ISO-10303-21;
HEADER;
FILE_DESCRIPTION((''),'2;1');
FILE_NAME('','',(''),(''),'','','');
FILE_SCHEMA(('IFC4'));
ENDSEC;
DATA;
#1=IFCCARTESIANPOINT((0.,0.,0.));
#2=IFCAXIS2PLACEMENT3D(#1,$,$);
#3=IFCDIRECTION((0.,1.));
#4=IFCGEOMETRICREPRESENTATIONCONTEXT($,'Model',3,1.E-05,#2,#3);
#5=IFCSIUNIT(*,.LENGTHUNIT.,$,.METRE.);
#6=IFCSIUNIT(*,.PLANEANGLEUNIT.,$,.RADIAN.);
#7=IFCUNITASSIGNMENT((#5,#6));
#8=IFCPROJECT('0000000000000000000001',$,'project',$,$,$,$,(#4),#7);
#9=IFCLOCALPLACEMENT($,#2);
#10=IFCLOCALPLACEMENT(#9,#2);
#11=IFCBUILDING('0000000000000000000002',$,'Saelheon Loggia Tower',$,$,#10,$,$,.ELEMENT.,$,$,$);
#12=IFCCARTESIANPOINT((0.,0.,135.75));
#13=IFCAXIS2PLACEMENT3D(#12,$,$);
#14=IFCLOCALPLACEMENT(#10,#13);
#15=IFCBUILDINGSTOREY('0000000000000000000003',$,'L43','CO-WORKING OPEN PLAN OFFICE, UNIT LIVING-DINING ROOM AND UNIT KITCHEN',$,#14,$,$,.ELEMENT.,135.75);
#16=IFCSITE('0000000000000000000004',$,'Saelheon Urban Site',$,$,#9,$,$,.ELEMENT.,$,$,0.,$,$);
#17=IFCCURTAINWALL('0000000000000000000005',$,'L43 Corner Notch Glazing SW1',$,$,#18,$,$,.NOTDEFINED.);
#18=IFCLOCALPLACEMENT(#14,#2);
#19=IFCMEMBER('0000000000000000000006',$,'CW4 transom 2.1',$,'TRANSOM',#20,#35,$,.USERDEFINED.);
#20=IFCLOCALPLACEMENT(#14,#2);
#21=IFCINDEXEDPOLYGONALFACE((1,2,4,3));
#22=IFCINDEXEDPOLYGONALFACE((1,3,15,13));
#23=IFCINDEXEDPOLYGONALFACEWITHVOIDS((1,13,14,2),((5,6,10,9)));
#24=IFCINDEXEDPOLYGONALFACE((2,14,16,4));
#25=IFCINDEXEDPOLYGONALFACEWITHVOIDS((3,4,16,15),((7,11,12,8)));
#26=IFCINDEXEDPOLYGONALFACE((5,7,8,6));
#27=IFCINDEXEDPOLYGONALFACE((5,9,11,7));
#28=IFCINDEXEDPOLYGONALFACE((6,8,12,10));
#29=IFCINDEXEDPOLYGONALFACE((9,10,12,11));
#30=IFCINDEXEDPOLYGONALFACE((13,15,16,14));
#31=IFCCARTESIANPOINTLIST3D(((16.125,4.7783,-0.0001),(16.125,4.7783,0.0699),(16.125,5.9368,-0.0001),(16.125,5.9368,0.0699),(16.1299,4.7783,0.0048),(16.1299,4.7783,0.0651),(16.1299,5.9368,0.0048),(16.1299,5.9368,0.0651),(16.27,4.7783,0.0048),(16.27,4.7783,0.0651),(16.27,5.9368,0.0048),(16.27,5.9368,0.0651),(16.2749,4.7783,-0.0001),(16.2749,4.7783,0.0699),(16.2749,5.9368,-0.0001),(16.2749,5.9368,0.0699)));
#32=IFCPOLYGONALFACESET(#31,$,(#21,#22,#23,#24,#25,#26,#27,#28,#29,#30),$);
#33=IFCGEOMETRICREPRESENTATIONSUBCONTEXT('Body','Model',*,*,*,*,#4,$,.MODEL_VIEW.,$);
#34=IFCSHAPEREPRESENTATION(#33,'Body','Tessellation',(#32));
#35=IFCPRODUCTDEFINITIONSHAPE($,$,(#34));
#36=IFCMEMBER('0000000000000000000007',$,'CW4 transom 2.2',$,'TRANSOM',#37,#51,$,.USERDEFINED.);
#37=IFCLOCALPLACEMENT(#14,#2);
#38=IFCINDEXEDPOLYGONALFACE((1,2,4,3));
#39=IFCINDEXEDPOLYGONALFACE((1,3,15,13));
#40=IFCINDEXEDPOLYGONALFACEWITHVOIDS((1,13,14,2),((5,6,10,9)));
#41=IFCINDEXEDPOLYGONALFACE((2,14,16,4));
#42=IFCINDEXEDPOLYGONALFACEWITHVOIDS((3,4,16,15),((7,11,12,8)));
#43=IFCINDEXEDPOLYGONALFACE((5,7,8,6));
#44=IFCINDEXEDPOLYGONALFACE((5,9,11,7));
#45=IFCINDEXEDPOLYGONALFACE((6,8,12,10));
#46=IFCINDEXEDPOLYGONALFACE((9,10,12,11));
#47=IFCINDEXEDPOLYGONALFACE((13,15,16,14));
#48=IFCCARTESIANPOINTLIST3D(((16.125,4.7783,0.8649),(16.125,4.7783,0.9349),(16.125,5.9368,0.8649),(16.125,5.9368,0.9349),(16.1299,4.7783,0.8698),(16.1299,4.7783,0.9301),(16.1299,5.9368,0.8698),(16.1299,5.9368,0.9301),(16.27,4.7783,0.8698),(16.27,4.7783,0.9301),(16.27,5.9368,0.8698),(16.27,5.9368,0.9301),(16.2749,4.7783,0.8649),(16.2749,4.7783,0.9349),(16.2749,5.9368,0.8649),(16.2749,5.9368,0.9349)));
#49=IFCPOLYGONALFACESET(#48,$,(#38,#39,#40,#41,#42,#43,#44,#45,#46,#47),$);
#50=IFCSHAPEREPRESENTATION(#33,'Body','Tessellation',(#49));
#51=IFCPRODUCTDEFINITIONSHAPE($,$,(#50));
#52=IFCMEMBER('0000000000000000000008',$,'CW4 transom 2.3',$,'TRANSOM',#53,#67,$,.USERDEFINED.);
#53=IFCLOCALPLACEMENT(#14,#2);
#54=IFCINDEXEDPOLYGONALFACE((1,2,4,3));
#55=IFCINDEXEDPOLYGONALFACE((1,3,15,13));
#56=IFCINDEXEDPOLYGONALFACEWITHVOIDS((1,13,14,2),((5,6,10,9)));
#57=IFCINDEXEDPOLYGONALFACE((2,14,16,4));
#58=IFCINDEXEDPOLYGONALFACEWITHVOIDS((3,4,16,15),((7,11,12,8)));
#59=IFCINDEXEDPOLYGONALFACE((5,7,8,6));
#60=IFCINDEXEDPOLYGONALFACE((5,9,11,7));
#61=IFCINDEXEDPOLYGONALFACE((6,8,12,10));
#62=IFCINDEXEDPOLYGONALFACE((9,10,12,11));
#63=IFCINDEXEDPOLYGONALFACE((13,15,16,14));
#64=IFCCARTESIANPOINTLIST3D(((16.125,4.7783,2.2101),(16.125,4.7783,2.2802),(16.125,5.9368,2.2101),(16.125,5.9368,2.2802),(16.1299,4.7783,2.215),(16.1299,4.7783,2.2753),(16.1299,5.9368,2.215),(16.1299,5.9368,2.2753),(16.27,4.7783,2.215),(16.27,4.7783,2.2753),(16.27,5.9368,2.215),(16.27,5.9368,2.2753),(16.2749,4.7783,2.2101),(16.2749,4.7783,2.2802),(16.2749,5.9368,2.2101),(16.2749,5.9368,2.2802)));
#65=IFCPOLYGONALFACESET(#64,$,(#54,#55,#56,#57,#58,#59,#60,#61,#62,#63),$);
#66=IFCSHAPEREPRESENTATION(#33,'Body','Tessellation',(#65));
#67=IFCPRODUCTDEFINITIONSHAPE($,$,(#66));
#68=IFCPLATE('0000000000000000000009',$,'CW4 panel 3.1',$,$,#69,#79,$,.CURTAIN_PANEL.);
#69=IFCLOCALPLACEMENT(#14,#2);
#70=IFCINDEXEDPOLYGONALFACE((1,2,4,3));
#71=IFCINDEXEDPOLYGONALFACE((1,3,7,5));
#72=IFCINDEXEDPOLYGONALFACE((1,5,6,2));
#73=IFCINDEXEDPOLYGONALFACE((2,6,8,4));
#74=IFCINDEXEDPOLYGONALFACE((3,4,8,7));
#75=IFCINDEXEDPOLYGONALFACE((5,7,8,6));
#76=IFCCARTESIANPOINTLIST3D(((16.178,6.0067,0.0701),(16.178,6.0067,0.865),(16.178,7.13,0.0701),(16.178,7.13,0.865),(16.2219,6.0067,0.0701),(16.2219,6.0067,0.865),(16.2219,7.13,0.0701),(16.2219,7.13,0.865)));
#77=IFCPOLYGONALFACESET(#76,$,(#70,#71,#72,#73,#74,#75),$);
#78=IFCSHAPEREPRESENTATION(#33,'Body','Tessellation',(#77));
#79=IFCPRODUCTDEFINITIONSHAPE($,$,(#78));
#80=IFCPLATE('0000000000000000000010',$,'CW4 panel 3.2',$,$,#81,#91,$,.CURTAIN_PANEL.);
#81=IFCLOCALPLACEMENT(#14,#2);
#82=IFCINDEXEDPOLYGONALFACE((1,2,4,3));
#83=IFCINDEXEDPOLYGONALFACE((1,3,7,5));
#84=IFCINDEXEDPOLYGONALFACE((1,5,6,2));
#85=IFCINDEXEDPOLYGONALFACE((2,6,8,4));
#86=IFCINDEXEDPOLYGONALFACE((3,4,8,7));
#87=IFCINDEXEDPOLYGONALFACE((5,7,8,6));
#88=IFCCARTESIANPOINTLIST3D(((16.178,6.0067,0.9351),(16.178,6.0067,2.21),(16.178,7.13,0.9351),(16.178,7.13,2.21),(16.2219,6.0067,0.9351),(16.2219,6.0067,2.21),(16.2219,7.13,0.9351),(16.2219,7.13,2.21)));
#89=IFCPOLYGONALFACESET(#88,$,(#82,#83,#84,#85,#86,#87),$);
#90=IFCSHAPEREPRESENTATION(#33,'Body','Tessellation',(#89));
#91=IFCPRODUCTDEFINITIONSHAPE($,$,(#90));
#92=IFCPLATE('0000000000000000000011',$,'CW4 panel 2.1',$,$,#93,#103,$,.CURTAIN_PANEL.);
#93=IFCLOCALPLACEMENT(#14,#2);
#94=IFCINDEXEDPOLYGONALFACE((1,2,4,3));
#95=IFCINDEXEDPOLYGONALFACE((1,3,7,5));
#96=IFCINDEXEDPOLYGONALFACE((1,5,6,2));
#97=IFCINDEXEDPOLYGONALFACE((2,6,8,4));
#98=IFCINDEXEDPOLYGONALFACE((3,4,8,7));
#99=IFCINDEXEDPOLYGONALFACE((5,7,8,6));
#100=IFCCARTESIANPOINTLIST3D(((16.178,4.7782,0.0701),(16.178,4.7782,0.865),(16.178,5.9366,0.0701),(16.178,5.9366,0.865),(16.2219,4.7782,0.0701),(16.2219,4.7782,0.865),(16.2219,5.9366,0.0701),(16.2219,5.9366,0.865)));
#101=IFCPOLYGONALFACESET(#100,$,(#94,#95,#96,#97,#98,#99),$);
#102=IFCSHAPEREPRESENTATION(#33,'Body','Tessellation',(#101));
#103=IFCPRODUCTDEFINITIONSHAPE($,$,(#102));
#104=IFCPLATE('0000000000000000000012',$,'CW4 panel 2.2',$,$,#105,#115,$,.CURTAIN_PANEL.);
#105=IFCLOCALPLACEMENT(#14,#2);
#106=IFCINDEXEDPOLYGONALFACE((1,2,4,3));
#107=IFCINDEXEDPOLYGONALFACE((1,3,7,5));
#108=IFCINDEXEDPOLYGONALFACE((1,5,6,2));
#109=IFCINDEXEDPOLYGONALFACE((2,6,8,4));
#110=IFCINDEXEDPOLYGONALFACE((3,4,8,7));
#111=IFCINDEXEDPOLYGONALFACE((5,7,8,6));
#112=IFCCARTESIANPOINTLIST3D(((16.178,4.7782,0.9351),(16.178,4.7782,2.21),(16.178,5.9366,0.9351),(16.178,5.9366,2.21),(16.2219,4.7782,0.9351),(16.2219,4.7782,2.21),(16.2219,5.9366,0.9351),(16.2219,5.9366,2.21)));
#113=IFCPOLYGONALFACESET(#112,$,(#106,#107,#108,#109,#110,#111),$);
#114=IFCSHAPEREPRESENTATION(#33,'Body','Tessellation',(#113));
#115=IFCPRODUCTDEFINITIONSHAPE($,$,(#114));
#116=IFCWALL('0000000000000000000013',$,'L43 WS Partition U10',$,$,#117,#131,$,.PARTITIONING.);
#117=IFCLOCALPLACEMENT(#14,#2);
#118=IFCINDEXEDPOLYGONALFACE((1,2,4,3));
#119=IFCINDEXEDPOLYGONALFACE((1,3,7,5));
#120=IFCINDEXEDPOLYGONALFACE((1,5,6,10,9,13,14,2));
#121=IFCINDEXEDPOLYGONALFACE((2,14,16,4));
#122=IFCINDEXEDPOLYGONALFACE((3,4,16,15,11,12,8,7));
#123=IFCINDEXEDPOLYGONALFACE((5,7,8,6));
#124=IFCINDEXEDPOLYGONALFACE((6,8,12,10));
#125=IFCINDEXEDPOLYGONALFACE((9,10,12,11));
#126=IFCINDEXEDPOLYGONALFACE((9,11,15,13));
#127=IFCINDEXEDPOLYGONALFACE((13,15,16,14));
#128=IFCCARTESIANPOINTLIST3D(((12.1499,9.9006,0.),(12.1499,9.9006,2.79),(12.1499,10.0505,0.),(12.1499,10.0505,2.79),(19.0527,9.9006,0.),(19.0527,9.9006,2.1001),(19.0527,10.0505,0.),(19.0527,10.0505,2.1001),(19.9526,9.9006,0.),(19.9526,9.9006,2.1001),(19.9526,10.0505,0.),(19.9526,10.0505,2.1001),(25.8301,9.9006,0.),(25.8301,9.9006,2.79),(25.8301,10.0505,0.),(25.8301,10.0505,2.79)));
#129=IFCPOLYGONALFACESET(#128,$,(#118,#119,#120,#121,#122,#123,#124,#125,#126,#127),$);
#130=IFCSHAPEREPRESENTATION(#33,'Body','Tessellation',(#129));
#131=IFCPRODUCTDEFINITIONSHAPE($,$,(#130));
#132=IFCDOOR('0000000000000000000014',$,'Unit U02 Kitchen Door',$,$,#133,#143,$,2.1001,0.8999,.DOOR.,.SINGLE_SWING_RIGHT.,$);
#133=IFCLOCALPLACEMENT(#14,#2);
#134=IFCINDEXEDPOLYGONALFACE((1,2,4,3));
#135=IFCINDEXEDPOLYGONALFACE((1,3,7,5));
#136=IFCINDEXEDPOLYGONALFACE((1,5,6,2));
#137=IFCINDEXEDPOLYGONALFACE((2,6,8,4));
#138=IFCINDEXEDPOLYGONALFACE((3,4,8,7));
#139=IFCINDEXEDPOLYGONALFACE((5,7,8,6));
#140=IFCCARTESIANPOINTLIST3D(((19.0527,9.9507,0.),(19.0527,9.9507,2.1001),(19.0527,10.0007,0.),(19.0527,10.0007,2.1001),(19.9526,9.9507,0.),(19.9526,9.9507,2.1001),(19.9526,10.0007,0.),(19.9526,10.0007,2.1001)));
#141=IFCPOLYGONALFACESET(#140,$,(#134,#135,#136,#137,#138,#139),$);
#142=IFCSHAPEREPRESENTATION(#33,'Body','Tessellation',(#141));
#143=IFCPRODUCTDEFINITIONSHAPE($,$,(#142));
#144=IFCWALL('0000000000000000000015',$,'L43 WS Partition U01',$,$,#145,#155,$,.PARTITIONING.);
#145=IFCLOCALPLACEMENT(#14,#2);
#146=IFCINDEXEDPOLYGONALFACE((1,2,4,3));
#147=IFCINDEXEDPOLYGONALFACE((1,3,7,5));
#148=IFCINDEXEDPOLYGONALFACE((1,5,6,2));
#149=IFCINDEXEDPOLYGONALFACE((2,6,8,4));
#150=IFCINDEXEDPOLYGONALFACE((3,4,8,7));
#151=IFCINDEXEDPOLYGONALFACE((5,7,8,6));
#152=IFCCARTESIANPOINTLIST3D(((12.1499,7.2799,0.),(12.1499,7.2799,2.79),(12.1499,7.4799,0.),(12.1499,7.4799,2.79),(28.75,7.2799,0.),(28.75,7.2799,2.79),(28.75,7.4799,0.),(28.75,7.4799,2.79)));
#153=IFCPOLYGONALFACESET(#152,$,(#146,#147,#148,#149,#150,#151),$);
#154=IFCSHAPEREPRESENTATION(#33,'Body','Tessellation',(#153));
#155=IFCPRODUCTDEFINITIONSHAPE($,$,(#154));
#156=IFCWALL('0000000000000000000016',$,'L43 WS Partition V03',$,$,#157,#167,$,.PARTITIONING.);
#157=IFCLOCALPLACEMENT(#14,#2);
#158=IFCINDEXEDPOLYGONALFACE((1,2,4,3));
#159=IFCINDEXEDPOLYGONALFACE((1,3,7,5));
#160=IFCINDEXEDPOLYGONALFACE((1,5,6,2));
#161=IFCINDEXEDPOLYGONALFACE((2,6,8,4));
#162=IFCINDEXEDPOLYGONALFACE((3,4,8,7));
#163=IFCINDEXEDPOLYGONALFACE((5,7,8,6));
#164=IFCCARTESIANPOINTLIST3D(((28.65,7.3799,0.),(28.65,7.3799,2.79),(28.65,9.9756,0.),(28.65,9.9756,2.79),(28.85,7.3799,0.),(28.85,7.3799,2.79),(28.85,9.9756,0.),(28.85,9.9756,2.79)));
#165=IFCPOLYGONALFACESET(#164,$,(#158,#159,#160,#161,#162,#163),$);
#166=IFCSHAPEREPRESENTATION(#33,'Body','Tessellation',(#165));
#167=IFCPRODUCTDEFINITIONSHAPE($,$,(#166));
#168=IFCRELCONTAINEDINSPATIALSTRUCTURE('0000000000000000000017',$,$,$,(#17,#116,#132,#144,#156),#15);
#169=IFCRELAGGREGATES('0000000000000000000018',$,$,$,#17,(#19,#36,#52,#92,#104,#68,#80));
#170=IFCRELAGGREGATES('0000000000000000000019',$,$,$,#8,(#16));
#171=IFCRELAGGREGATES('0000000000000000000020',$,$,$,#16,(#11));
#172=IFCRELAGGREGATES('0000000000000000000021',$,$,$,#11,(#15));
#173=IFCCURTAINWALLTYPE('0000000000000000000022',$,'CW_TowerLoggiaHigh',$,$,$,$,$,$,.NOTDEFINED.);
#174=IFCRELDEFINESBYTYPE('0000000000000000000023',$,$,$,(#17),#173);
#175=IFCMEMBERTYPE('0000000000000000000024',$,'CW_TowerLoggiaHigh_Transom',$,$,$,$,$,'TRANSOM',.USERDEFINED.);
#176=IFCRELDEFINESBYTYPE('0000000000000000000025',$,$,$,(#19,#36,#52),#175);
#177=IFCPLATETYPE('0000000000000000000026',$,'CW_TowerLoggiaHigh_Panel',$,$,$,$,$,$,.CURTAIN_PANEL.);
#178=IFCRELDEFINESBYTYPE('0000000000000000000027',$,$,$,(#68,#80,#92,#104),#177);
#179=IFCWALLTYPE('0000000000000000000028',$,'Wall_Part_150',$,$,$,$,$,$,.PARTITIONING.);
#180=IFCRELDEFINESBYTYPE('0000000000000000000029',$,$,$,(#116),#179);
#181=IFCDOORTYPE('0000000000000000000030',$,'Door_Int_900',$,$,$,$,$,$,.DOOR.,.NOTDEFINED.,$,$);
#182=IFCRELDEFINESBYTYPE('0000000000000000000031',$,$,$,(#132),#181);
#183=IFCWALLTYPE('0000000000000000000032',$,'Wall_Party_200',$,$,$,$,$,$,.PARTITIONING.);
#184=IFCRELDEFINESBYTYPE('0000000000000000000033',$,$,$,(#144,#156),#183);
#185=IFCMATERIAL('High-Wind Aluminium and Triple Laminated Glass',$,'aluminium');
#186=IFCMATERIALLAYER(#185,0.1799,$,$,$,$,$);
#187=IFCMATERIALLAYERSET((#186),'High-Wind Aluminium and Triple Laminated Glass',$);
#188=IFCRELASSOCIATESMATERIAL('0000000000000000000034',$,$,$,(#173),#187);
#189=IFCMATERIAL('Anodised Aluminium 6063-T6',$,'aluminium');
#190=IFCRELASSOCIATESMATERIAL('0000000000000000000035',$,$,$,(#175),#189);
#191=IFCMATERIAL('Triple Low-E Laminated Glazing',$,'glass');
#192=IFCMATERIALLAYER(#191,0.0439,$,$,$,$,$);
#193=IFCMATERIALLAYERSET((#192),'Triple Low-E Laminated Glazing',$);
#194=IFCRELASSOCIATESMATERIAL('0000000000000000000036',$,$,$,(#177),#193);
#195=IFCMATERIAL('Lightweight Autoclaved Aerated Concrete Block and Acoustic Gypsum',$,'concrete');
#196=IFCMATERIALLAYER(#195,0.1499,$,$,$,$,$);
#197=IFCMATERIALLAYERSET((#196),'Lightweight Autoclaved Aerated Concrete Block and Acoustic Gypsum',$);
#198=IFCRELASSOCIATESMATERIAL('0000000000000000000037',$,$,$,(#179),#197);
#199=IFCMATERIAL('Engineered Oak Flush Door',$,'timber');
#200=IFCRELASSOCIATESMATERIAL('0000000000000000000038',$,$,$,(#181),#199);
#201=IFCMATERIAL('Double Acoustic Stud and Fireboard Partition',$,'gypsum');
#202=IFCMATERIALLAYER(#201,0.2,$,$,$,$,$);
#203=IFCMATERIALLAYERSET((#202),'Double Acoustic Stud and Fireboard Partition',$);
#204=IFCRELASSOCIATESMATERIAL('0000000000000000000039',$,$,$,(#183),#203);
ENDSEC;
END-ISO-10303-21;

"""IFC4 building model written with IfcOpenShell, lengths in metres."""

from ifc_helpers import new_model, si_unit, direction, frame, frame_2d, origin, origin_2d, place, context, subcontext, project, spatial, rectangle, hollow_rectangle, extrude, source, transform, mapped, material, layer, layer_set, material_profile, profile_set, type_object, element, fill, aggregate, save


model = new_model("IFC4")

# Units and contexts
model_context = context("Model", 3, precision=1e-05, world=origin(), true_north=direction((0.0, 1.0)))
body_context = subcontext(model_context, "Body", "Model", "MODEL_VIEW")
ifc_project = project(units=[si_unit("LENGTHUNIT", "METRE"), si_unit("PLANEANGLEUNIT", "RADIAN")], contexts=[model_context])

# Site, building, storey
site_placement = place(None, origin())
site = spatial("IfcSite", under=ifc_project, at=site_placement, Name="Saelheon Urban Site", CompositionType="ELEMENT", RefElevation=0.0)
building_placement = place(site_placement, origin())
building = spatial("IfcBuilding", under=site, at=building_placement, Name="Saelheon Loggia Tower", CompositionType="ELEMENT")
storey_placement = place(building_placement, frame((0.0, 0.0, 135.75)))
storey = spatial("IfcBuildingStorey", under=building, at=storey_placement, Name="L43", Description="CO-WORKING OPEN PLAN OFFICE, UNIT LIVING-DINING ROOM AND UNIT KITCHEN", CompositionType="ELEMENT", Elevation=135.75)

# Curtain wall, members, plates
ifc_material_1 = material(Name="High-Wind Aluminium and Triple Laminated Glass", Category="aluminium")
ifc_layer_1 = layer(ifc_material_1, 0.1799)
ifc_layer_set_1 = layer_set([ifc_layer_1], Name="High-Wind Aluminium and Triple Laminated Glass")
curtain_wall_type = type_object("IfcCurtainWallType", Name="CW_TowerLoggiaHigh", PredefinedType="NOTDEFINED", material=ifc_layer_set_1)
curtain_wall_placement = place(storey_placement, origin())
curtain_wall = element("IfcCurtainWall", 1, at=curtain_wall_placement, inside=storey, type_object=curtain_wall_type, Name="L43 Corner Notch Glazing SW1", PredefinedType="NOTDEFINED")
ifc_material_2 = material(Name="Anodised Aluminium 6063-T6", Category="aluminium")
ifc_material_profile_1 = material_profile(ifc_material_2, hollow_rectangle(XDim=0.0701, YDim=0.1499, WallThickness=0.0049, at=origin_2d()), Name="RHS-150x70x5")
ifc_profile_set_1 = profile_set([ifc_material_profile_1], Name="Anodised Aluminium 6063-T6")
member_type_1 = type_object("IfcMemberType", Name="CW_TowerLoggiaHigh_Transom", ElementType="TRANSOM", PredefinedType="USERDEFINED", material=ifc_profile_set_1)
shared_shape_1 = source(origin(), body_context, "Body", "SweptSolid", [
    extrude(hollow_rectangle(XDim=0.0701, YDim=0.1499, WallThickness=0.0049, at=origin_2d()), origin(), (0.0, 0.0, 1.0), 1.1584),
])
member_1_placement = place(storey_placement, frame((16.2, 4.7783, 0.0349), z_axis=(0.0, 1.0, 0.0), x_axis=(0.0, 0.0, 1.0)))
member_1 = element("IfcMember", 2, at=member_1_placement, type_object=member_type_1, Name="CW4 transom 2.1", ObjectType="TRANSOM", PredefinedType="USERDEFINED", context=body_context, shape_type="MappedRepresentation", body=[
    mapped(shared_shape_1, transform((0.0, 0.0, 0.0), scale=1.0)),
])
member_2_placement = place(storey_placement, frame((16.2, 4.7783, 0.8999), z_axis=(0.0, 1.0, 0.0), x_axis=(0.0, 0.0, 1.0)))
member_2 = element("IfcMember", 3, at=member_2_placement, type_object=member_type_1, Name="CW4 transom 2.2", ObjectType="TRANSOM", PredefinedType="USERDEFINED", context=body_context, shape_type="MappedRepresentation", body=[
    mapped(shared_shape_1, transform((0.0, 0.0, 0.0), scale=1.0)),
])
member_3_placement = place(storey_placement, frame((16.2, 4.7783, 2.2451), z_axis=(0.0, 1.0, 0.0), x_axis=(0.0, 0.0, 1.0)))
member_3 = element("IfcMember", 4, at=member_3_placement, type_object=member_type_1, Name="CW4 transom 2.3", ObjectType="TRANSOM", PredefinedType="USERDEFINED", context=body_context, shape_type="MappedRepresentation", body=[
    mapped(shared_shape_1, transform((0.0, 0.0, 0.0), scale=1.0)),
])
ifc_material_3 = material(Name="Triple Low-E Laminated Glazing", Category="glass")
ifc_layer_2 = layer(ifc_material_3, 0.0439)
ifc_layer_set_2 = layer_set([ifc_layer_2], Name="Triple Low-E Laminated Glazing")
plate_type = type_object("IfcPlateType", Name="CW_TowerLoggiaHigh_Panel", PredefinedType="CURTAIN_PANEL", material=ifc_layer_set_2)
shared_shape_2 = source(origin(), body_context, "Body", "SweptSolid", [
    extrude(rectangle(XDim=1.1233, YDim=0.0439, at=origin_2d()), origin(), (0.0, 0.0, 1.0), 0.7949),
])
plate_1_placement = place(storey_placement, frame((16.2, 6.5684, 0.0701), z_axis=(0.0, 0.0, 1.0), x_axis=(0.0, 1.0, 0.0)))
plate_1 = element("IfcPlate", 5, at=plate_1_placement, type_object=plate_type, Name="CW4 panel 3.1", PredefinedType="CURTAIN_PANEL", context=body_context, shape_type="MappedRepresentation", body=[
    mapped(shared_shape_2, transform((0.0, 0.0, 0.0), scale=1.0)),
])
shared_shape_3 = source(origin(), body_context, "Body", "SweptSolid", [
    extrude(rectangle(XDim=1.1233, YDim=0.0439, at=origin_2d()), origin(), (0.0, 0.0, 1.0), 1.2749),
])
plate_2_placement = place(storey_placement, frame((16.2, 6.5684, 0.9351), z_axis=(0.0, 0.0, 1.0), x_axis=(0.0, 1.0, 0.0)))
plate_2 = element("IfcPlate", 6, at=plate_2_placement, type_object=plate_type, Name="CW4 panel 3.2", PredefinedType="CURTAIN_PANEL", context=body_context, shape_type="MappedRepresentation", body=[
    mapped(shared_shape_3, transform((0.0, 0.0, 0.0), scale=1.0)),
])
shared_shape_4 = source(origin(), body_context, "Body", "SweptSolid", [
    extrude(rectangle(XDim=1.1584, YDim=0.0439, at=origin_2d()), origin(), (0.0, 0.0, 1.0), 0.7949),
])
plate_3_placement = place(storey_placement, frame((16.2, 5.3574, 0.0701), z_axis=(0.0, 0.0, 1.0), x_axis=(0.0, 1.0, 0.0)))
plate_3 = element("IfcPlate", 7, at=plate_3_placement, type_object=plate_type, Name="CW4 panel 2.1", PredefinedType="CURTAIN_PANEL", context=body_context, shape_type="MappedRepresentation", body=[
    mapped(shared_shape_4, transform((0.0, 0.0, 0.0), scale=1.0)),
])
shared_shape_5 = source(origin(), body_context, "Body", "SweptSolid", [
    extrude(rectangle(XDim=1.1584, YDim=0.0439, at=origin_2d()), origin(), (0.0, 0.0, 1.0), 1.2749),
])
plate_4_placement = place(storey_placement, frame((16.2, 5.3574, 0.9351), z_axis=(0.0, 0.0, 1.0), x_axis=(0.0, 1.0, 0.0)))
plate_4 = element("IfcPlate", 8, at=plate_4_placement, type_object=plate_type, Name="CW4 panel 2.2", PredefinedType="CURTAIN_PANEL", context=body_context, shape_type="MappedRepresentation", body=[
    mapped(shared_shape_5, transform((0.0, 0.0, 0.0), scale=1.0)),
])
aggregate(curtain_wall, [member_1, member_2, member_3, plate_3, plate_4, plate_1, plate_2])

# Wall, opening, door
ifc_material_4 = material(Name="Lightweight Autoclaved Aerated Concrete Block and Acoustic Gypsum", Category="concrete")
ifc_layer_3 = layer(ifc_material_4, 0.1499)
ifc_layer_set_3 = layer_set([ifc_layer_3], Name="Lightweight Autoclaved Aerated Concrete Block and Acoustic Gypsum")
wall_type_1 = type_object("IfcWallType", Name="Wall_Part_150", PredefinedType="PARTITIONING", material=ifc_layer_set_3)
wall_1_placement = place(storey_placement, frame((25.8301, 9.9756, 0.0), z_axis=(0.0, 0.0, 1.0), x_axis=(-1.0, 0.0, 0.0)))
wall_1 = element("IfcWall", 9, at=wall_1_placement, inside=storey, type_object=wall_type_1, Name="L43 WS Partition U10", PredefinedType="PARTITIONING", context=body_context, shape_type="SweptSolid", body=[
    extrude(rectangle(XDim=13.6802, YDim=0.1499, at=frame_2d((6.8401, 0.0))), origin(), (0.0, 0.0, 1.0), 2.79),
])
opening_placement = place(wall_1_placement, frame((5.8774, 0.0, 0.0)))
opening = element("IfcOpeningElement", 10, at=opening_placement, cuts=wall_1, PredefinedType="OPENING", context=body_context, shape_type="SweptSolid", body=[
    extrude(rectangle(XDim=0.8999, YDim=2.1001, at=frame_2d((0.45, 1.05))), frame((0.0, 0.0869, 0.0), z_axis=(0.0, -1.0, 0.0), x_axis=(1.0, 0.0, 0.0)), (0.0, 0.0, 1.0), 0.1738),
])
ifc_material_5 = material(Name="Engineered Oak Flush Door", Category="timber")
door_type = type_object("IfcDoorType", Name="Door_Int_900", OperationType="NOTDEFINED", PredefinedType="DOOR", material=ifc_material_5)
shared_shape_6 = source(origin(), body_context, "Body", "SweptSolid", [
    extrude(rectangle(XDim=0.8999, YDim=2.1001, at=frame_2d((0.45, 1.05))), frame((0.0, 0.0249, 0.0), z_axis=(0.0, -1.0, 0.0), x_axis=(1.0, 0.0, 0.0)), (0.0, 0.0, 1.0), 0.05),
])
door_placement = place(opening_placement, origin())
door = element("IfcDoor", 11, at=door_placement, inside=storey, type_object=door_type, Name="Unit U02 Kitchen Door", OperationType="SINGLE_SWING_RIGHT", OverallHeight=2.1001, OverallWidth=0.8999, PredefinedType="DOOR", context=body_context, shape_type="MappedRepresentation", body=[
    mapped(shared_shape_6, transform((0.0, 0.0, 0.0), scale=1.0)),
])
fill(opening, door)

# Walls
ifc_material_6 = material(Name="Double Acoustic Stud and Fireboard Partition", Category="gypsum")
ifc_layer_4 = layer(ifc_material_6, 0.2)
ifc_layer_set_4 = layer_set([ifc_layer_4], Name="Double Acoustic Stud and Fireboard Partition")
wall_type_2 = type_object("IfcWallType", Name="Wall_Party_200", PredefinedType="PARTITIONING", material=ifc_layer_set_4)
wall_2_placement = place(storey_placement, frame((28.75, 7.3799, 0.0), z_axis=(0.0, 0.0, 1.0), x_axis=(-1.0, 0.0, 0.0)))
element("IfcWall", 12, at=wall_2_placement, inside=storey, type_object=wall_type_2, Name="L43 WS Partition U01", PredefinedType="PARTITIONING", context=body_context, shape_type="SweptSolid", body=[
    extrude(rectangle(XDim=16.6001, YDim=0.2, at=frame_2d((8.3, 0.0))), origin(), (0.0, 0.0, 1.0), 2.79),
])
wall_3_placement = place(storey_placement, frame((28.75, 7.3799, 0.0), z_axis=(0.0, 0.0, 1.0), x_axis=(0.0, 1.0, 0.0)))
element("IfcWall", 13, at=wall_3_placement, inside=storey, type_object=wall_type_2, Name="L43 WS Partition V03", PredefinedType="PARTITIONING", context=body_context, shape_type="SweptSolid", body=[
    extrude(rectangle(XDim=2.5957, YDim=0.2, at=frame_2d((1.2979, 0.0))), origin(), (0.0, 0.0, 1.0), 2.79),
])

save(model, "model.ifc")
